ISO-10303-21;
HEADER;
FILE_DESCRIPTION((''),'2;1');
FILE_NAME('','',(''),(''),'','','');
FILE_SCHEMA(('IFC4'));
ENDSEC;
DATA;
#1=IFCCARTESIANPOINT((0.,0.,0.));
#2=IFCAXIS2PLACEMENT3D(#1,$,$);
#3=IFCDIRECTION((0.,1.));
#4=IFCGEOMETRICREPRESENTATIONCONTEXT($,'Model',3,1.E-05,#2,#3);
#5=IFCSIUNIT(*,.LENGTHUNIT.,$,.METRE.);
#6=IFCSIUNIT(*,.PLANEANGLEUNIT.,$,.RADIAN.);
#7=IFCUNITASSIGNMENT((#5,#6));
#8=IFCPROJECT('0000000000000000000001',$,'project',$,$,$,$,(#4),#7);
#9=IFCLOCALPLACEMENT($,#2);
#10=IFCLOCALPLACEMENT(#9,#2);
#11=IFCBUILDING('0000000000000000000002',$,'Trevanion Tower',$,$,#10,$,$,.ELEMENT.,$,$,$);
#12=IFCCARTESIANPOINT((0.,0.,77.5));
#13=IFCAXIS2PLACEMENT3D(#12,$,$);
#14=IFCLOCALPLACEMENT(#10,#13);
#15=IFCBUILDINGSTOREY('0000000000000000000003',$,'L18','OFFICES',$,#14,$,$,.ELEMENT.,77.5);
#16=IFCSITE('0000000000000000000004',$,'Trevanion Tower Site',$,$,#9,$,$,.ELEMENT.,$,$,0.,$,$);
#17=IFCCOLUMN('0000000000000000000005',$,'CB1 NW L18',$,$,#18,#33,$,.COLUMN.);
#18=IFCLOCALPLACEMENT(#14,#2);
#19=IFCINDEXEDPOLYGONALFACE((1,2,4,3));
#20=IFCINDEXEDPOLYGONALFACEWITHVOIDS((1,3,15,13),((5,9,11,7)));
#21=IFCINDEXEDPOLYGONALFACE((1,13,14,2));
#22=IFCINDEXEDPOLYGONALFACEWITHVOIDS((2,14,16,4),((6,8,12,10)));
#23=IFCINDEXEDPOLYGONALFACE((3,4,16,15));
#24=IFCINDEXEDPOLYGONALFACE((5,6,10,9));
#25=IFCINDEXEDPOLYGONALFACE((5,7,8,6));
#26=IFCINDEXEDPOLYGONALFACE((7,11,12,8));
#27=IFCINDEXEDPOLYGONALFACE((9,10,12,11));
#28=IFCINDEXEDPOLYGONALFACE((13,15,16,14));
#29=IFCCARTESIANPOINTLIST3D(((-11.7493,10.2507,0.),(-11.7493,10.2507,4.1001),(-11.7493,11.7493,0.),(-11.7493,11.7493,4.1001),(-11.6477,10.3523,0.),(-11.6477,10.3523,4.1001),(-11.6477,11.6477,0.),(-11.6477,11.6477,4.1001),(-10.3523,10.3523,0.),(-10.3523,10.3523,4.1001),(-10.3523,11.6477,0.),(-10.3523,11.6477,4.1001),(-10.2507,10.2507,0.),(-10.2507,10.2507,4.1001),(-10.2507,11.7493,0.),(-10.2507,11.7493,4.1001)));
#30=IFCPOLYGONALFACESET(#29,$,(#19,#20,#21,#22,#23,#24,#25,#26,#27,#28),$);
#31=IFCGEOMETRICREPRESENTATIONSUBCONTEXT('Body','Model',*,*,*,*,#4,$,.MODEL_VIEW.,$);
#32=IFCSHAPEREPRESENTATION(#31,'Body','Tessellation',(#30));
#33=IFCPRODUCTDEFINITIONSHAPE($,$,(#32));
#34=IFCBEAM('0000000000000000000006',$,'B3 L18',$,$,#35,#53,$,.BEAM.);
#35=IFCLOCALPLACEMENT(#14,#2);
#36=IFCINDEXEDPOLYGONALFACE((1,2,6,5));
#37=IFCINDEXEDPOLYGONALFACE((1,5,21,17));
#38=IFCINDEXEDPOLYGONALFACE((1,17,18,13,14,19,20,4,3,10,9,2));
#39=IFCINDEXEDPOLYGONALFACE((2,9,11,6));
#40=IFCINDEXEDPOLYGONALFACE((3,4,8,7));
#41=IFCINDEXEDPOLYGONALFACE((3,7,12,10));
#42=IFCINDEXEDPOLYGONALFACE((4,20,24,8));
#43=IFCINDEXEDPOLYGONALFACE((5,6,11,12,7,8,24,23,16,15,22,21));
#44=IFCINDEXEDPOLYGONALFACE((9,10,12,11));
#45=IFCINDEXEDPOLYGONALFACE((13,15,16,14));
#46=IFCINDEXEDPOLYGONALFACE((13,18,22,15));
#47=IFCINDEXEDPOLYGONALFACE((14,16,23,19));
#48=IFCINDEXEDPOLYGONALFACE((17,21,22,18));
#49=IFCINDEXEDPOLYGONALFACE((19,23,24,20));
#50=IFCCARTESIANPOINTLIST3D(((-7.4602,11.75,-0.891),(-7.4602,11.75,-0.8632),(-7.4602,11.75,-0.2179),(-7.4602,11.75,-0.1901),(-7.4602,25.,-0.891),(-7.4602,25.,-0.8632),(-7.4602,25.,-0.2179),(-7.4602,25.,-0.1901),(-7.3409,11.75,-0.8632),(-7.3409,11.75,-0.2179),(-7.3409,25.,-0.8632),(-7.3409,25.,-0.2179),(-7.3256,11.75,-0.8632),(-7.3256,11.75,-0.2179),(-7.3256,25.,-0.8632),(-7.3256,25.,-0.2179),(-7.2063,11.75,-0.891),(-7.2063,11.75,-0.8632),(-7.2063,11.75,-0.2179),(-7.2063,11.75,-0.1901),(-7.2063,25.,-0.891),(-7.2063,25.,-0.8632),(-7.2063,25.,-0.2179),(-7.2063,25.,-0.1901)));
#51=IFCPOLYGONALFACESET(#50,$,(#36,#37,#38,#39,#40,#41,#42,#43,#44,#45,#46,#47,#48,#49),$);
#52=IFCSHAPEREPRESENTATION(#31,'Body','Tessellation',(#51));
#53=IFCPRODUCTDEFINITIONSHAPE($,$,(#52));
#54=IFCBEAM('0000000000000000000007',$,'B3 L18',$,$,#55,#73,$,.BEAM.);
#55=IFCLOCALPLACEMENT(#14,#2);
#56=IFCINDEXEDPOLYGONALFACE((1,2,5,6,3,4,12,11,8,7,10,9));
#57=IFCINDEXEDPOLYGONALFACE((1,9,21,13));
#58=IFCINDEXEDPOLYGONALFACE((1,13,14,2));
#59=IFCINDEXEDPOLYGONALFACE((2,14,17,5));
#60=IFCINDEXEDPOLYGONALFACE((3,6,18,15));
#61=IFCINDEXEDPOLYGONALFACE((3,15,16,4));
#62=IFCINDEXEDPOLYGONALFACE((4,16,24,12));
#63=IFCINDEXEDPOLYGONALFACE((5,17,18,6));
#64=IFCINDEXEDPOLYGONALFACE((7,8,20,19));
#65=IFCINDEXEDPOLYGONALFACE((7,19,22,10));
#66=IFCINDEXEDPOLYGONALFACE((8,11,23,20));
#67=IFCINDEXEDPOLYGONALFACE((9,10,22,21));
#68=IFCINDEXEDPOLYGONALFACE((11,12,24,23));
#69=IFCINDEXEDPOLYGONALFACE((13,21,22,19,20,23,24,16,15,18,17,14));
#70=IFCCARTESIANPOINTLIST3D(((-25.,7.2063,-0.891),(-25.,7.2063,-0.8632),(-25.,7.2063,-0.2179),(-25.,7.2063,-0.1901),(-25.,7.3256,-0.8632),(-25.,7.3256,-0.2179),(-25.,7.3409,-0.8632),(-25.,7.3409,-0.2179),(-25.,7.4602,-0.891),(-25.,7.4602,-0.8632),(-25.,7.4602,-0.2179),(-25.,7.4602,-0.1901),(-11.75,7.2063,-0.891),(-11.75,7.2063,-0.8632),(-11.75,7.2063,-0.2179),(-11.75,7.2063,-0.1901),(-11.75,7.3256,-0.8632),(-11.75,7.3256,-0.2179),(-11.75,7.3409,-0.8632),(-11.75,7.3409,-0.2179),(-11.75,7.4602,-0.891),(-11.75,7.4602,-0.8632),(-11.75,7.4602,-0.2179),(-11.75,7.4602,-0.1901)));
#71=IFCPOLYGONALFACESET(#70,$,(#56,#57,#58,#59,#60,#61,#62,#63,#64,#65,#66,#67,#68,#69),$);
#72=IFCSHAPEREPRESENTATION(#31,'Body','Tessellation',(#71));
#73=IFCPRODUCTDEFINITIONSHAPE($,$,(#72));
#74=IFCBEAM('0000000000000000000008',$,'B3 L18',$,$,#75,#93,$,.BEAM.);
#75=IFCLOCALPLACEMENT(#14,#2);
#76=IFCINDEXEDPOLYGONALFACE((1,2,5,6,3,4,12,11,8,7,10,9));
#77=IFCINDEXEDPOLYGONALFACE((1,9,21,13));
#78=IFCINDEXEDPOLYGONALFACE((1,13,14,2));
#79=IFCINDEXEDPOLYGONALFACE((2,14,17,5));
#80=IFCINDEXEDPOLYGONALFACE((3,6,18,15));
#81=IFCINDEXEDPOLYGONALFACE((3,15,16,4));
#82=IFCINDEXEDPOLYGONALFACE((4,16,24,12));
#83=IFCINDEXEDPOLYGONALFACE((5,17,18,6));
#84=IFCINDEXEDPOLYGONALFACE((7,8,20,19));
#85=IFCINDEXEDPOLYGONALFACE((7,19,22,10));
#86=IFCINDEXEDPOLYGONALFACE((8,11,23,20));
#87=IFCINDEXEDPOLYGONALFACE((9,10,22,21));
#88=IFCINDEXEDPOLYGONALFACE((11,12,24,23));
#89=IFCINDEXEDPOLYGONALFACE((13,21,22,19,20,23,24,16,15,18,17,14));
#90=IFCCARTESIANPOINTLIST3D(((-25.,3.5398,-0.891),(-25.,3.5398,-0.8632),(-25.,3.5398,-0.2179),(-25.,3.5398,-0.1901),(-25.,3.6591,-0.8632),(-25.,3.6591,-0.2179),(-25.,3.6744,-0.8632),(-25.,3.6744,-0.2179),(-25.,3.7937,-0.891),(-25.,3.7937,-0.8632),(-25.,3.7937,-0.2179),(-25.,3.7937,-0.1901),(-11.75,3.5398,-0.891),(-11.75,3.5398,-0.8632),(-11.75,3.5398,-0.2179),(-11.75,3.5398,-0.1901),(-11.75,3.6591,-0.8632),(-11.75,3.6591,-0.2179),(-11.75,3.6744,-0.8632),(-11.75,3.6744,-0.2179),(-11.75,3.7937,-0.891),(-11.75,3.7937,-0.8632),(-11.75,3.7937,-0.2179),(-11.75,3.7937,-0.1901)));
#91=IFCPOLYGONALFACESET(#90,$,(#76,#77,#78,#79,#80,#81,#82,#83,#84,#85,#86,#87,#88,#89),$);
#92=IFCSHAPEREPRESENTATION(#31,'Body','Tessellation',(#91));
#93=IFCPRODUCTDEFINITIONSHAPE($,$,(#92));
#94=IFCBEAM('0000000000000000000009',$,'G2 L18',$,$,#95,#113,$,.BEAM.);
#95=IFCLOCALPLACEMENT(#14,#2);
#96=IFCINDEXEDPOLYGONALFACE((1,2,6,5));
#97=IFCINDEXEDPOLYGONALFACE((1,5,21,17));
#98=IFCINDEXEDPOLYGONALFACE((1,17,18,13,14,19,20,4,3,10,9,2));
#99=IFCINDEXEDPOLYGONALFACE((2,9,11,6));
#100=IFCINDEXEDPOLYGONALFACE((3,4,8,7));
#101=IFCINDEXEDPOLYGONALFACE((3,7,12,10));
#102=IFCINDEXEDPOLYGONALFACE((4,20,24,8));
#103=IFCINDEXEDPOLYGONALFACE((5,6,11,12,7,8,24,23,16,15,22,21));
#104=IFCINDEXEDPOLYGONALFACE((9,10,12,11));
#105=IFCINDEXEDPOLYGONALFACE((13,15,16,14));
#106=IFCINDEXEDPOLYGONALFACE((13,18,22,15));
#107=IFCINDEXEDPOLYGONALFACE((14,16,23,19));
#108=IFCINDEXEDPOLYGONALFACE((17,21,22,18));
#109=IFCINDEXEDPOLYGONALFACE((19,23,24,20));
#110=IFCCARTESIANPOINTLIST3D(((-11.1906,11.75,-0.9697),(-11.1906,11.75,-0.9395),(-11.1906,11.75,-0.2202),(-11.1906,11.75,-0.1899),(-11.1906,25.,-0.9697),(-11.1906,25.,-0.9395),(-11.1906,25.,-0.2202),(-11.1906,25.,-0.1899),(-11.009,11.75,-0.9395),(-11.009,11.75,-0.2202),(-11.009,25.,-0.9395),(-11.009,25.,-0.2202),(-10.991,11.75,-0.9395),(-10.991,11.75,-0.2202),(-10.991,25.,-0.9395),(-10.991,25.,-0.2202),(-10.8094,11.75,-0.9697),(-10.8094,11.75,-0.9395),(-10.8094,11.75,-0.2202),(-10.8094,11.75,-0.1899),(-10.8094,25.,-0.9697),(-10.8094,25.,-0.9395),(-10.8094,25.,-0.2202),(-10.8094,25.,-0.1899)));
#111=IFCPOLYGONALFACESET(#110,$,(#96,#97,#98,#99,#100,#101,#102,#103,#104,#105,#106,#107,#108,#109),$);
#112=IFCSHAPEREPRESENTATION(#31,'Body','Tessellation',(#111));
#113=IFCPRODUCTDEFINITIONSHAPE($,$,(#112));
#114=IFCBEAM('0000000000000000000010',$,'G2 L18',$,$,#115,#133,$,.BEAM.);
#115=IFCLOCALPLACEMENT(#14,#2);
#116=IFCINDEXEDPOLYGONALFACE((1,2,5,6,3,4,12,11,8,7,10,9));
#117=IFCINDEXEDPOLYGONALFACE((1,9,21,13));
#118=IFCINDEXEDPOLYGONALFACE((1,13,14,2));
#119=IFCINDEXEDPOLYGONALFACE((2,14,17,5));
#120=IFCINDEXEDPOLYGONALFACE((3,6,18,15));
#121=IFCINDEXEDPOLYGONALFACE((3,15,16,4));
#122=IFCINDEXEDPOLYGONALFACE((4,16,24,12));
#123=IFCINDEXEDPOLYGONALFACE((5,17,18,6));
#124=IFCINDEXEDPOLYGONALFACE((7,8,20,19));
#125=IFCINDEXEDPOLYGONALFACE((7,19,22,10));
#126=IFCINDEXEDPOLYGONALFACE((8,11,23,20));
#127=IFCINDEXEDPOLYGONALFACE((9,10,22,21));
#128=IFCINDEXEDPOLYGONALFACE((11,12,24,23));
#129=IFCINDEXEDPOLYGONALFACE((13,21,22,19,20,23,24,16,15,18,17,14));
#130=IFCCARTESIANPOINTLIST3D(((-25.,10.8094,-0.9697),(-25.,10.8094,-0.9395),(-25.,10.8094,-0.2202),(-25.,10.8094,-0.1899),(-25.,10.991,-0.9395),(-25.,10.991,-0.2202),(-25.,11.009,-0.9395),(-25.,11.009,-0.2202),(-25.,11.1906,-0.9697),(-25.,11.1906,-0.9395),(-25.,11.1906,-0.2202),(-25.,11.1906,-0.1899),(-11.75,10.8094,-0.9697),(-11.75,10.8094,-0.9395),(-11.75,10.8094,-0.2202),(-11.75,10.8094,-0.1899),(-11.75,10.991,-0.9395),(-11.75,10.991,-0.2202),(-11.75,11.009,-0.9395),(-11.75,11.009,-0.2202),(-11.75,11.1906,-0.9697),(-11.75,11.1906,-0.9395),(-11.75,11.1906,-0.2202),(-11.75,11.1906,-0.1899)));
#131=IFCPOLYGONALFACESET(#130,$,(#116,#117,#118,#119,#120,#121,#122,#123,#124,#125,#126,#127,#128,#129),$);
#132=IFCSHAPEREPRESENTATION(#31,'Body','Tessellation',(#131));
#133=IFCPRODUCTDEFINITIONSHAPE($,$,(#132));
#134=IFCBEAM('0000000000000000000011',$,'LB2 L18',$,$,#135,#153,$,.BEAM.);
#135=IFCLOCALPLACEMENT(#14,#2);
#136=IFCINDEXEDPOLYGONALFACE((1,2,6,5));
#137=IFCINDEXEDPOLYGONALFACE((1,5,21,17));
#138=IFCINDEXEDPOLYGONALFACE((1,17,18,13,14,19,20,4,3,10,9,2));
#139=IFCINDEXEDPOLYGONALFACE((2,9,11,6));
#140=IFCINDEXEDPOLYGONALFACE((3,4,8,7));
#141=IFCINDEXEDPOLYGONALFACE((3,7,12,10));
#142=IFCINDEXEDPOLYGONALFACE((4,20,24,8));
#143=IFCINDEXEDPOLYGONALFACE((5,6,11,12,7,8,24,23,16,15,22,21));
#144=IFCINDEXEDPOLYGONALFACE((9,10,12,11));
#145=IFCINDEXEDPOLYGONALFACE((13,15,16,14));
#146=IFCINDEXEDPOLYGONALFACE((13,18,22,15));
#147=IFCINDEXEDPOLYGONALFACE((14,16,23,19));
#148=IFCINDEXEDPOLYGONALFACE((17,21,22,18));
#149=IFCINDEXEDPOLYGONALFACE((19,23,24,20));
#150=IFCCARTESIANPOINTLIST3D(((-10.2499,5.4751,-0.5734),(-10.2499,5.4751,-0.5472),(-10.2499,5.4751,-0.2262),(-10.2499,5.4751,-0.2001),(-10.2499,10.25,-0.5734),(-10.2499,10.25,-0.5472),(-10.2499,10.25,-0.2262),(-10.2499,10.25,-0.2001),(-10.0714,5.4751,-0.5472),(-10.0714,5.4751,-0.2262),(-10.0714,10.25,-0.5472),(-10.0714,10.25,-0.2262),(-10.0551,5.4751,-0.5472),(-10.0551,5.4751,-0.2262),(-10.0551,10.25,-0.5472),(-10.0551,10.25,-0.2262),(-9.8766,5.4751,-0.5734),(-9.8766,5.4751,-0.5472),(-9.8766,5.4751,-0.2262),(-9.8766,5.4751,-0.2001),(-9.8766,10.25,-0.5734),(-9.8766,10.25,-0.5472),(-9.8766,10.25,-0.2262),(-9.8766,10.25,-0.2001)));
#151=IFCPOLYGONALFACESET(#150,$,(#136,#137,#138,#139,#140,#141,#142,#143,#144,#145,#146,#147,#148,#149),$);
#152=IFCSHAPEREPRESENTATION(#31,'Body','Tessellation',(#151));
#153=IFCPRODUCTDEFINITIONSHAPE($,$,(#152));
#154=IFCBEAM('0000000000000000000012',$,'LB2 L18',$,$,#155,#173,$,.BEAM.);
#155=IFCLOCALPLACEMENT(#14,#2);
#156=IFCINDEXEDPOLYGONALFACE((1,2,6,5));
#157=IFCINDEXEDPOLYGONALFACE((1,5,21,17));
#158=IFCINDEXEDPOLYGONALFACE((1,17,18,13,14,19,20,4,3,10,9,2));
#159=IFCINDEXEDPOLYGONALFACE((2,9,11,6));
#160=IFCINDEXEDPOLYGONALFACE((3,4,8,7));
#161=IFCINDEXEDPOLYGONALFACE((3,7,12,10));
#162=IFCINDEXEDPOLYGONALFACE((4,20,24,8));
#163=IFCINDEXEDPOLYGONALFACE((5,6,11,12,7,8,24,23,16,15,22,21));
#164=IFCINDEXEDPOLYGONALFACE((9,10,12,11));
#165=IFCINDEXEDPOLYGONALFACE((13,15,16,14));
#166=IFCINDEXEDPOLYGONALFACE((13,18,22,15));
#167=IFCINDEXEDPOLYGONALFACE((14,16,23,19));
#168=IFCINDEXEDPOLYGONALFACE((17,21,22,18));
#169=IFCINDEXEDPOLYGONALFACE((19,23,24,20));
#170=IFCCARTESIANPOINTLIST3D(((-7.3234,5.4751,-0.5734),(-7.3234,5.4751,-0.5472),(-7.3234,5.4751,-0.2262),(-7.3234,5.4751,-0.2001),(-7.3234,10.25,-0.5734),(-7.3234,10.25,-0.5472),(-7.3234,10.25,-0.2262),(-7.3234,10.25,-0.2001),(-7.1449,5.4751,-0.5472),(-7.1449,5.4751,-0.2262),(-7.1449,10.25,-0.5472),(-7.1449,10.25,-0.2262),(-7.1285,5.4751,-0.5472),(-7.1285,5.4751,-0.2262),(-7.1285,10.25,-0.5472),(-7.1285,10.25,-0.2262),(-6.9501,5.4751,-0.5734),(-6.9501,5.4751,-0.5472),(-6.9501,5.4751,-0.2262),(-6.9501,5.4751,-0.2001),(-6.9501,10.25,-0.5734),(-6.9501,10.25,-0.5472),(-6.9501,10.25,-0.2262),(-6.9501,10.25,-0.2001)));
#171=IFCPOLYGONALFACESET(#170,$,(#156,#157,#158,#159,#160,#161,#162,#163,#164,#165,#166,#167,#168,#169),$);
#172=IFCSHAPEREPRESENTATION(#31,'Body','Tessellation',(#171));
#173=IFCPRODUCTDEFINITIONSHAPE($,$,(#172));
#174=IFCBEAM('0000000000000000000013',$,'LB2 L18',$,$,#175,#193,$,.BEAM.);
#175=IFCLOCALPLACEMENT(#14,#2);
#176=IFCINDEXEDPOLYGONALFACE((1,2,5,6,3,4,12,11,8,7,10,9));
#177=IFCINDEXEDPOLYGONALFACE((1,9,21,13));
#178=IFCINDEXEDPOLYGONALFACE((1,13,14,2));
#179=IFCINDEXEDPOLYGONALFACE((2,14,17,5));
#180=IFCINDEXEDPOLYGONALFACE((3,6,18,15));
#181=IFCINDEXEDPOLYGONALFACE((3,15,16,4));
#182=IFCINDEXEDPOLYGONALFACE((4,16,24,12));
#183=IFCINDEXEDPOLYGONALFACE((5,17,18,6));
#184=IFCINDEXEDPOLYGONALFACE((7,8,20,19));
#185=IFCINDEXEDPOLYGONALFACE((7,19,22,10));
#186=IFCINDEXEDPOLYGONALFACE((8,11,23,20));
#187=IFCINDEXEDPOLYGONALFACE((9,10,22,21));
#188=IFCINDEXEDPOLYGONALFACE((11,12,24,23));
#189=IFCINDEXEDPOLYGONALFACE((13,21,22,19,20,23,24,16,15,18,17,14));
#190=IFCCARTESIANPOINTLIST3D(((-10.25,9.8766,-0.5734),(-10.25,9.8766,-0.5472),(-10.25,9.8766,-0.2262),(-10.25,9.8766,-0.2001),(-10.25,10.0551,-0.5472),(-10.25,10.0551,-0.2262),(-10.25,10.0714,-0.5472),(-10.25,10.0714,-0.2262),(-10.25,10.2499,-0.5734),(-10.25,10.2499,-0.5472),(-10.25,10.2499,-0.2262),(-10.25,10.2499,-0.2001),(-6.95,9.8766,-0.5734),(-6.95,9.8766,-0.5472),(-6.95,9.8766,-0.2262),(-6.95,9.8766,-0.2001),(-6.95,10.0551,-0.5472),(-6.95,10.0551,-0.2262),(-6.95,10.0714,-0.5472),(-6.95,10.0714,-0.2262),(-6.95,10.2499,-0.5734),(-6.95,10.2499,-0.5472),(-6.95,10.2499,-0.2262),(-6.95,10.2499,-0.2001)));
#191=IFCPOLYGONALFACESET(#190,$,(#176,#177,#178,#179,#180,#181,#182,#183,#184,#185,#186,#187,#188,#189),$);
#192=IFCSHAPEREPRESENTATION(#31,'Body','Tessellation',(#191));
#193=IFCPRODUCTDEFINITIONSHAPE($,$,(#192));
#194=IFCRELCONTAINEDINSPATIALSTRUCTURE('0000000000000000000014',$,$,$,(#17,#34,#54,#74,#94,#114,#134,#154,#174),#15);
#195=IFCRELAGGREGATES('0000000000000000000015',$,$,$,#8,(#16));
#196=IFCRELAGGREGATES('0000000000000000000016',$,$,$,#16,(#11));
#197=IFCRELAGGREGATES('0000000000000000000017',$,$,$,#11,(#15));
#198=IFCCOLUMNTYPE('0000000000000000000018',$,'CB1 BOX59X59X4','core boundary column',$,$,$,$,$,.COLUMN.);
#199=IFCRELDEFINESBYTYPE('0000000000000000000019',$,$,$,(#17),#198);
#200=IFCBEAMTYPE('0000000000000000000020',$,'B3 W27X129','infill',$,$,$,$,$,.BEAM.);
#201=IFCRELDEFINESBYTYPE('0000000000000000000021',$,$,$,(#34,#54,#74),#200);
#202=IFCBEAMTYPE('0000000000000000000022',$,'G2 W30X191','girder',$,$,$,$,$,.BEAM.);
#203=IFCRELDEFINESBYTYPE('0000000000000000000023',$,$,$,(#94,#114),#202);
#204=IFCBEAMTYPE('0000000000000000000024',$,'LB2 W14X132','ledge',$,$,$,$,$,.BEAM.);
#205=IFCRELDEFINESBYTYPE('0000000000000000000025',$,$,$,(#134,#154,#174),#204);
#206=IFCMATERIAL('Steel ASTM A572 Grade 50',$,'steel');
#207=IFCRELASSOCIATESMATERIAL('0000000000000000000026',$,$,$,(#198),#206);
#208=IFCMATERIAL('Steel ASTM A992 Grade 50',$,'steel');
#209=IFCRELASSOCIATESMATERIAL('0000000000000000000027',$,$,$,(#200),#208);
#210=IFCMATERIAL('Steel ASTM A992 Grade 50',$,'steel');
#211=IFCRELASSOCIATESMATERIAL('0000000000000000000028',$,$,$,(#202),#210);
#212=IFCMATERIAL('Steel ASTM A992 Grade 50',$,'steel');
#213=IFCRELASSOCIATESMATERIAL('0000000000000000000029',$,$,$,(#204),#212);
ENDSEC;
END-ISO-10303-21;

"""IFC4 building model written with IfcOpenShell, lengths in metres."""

from ifc_helpers import new_model, si_unit, direction, frame, origin, origin_2d, place, context, subcontext, project, spatial, hollow_rectangle, i_section, extrude, material, material_profile, profile_set, type_object, element, save


model = new_model("IFC4")

# Units and contexts
model_context = context("Model", 3, precision=1e-05, world=origin(), true_north=direction((0.0, 1.0)))
body_context = subcontext(model_context, "Body", "Model", "MODEL_VIEW")
ifc_project = project(units=[si_unit("LENGTHUNIT", "METRE"), si_unit("PLANEANGLEUNIT", "RADIAN")], contexts=[model_context])

# Site, building, storey
site_placement = place(None, origin())
site = spatial("IfcSite", under=ifc_project, at=site_placement, Name="Trevanion Tower Site", CompositionType="ELEMENT", RefElevation=0.0)
building_placement = place(site_placement, origin())
building = spatial("IfcBuilding", under=site, at=building_placement, Name="Trevanion Tower", CompositionType="ELEMENT")
storey_placement = place(building_placement, frame((0.0, 0.0, 77.5)))
storey = spatial("IfcBuildingStorey", under=building, at=storey_placement, Name="L18", Description="OFFICES", CompositionType="ELEMENT", Elevation=77.5)

# Column
ifc_material_1 = material(Name="Steel ASTM A572 Grade 50", Category="steel")
ifc_material_profile_1 = material_profile(ifc_material_1, hollow_rectangle(XDim=1.4985, YDim=1.4985, WallThickness=0.1016, at=origin_2d()), Name="BOX59X59X4")
ifc_profile_set_1 = profile_set([ifc_material_profile_1], Name="Steel ASTM A572 Grade 50")
column_type = type_object("IfcColumnType", Name="CB1 BOX59X59X4", Description="core boundary column", PredefinedType="COLUMN", material=ifc_profile_set_1)
column_placement = place(storey_placement, frame((-11.0, 11.0, 0.0), z_axis=(0.0, 0.0, 1.0), x_axis=(1.0, 0.0, 0.0)))
element("IfcColumn", 1, at=column_placement, inside=storey, type_object=column_type, Name="CB1 NW L18", PredefinedType="COLUMN", context=body_context, shape_type="SweptSolid", body=[
    extrude(hollow_rectangle(XDim=1.4985, YDim=1.4985, WallThickness=0.1016, at=origin_2d()), origin(), (0.0, 0.0, 1.0), 4.1001),
])

# Beams
ifc_material_2 = material(Name="Steel ASTM A992 Grade 50", Category="steel")
ifc_material_profile_2 = material_profile(ifc_material_2, i_section(OverallWidth=0.2539, OverallDepth=0.7009, WebThickness=0.0154, FlangeThickness=0.0278, at=origin_2d()), Name="W27X129")
ifc_profile_set_2 = profile_set([ifc_material_profile_2], Name="Steel ASTM A992 Grade 50")
beam_type_1 = type_object("IfcBeamType", Name="B3 W27X129", Description="infill", PredefinedType="BEAM", material=ifc_profile_set_2)
for number, where, z_axis, x_axis, name in (
    (2, (-7.3333, 11.75, -0.5405), (0.0, 1.0, 0.0), (-1.0, 0.0, 0.0), "B3 L18"),
    (3, (-11.75, 7.3333, -0.5405), (-1.0, 0.0, 0.0), (0.0, -1.0, 0.0), "B3 L18"),
    (4, (-11.75, 3.6667, -0.5405), (-1.0, 0.0, 0.0), (0.0, -1.0, 0.0), "B3 L18"),
):
    element("IfcBeam", number, at=place(storey_placement, frame(where, z_axis=z_axis, x_axis=x_axis)), inside=storey, type_object=beam_type_1, Name=name, PredefinedType="BEAM", context=body_context, shape_type="SweptSolid", body=[
        extrude(i_section(OverallWidth=0.2539, OverallDepth=0.7009, WebThickness=0.0154, FlangeThickness=0.0278, at=origin_2d()), origin(), (0.0, 0.0, 1.0), 13.25),
    ])
ifc_material_3 = material(Name="Steel ASTM A992 Grade 50", Category="steel")
ifc_material_profile_3 = material_profile(ifc_material_3, i_section(OverallWidth=0.3811, OverallDepth=0.7798, WebThickness=0.0181, FlangeThickness=0.0303, at=origin_2d()), Name="W30X191")
ifc_profile_set_3 = profile_set([ifc_material_profile_3], Name="Steel ASTM A992 Grade 50")
beam_type_2 = type_object("IfcBeamType", Name="G2 W30X191", Description="girder", PredefinedType="BEAM", material=ifc_profile_set_3)
for number, where, z_axis, x_axis, name in (
    (5, (-11.0, 11.75, -0.5798), (0.0, 1.0, 0.0), (-1.0, 0.0, 0.0), "G2 L18"),
    (6, (-11.75, 11.0, -0.5798), (-1.0, 0.0, 0.0), (0.0, -1.0, 0.0), "G2 L18"),
):
    element("IfcBeam", number, at=place(storey_placement, frame(where, z_axis=z_axis, x_axis=x_axis)), inside=storey, type_object=beam_type_2, Name=name, PredefinedType="BEAM", context=body_context, shape_type="SweptSolid", body=[
        extrude(i_section(OverallWidth=0.3811, OverallDepth=0.7798, WebThickness=0.0181, FlangeThickness=0.0303, at=origin_2d()), origin(), (0.0, 0.0, 1.0), 13.25),
    ])
ifc_material_4 = material(Name="Steel ASTM A992 Grade 50", Category="steel")
ifc_material_profile_4 = material_profile(ifc_material_4, i_section(OverallWidth=0.3733, OverallDepth=0.3733, WebThickness=0.0164, FlangeThickness=0.0261, at=origin_2d()), Name="W14X132")
ifc_profile_set_4 = profile_set([ifc_material_profile_4], Name="Steel ASTM A992 Grade 50")
beam_type_3 = type_object("IfcBeamType", Name="LB2 W14X132", Description="ledge", PredefinedType="BEAM", material=ifc_profile_set_4)
for number, where, z_axis, x_axis, name in (
    (7, (-10.0632, 5.4751, -0.3867), (0.0, 1.0, 0.0), (-1.0, 0.0, 0.0), "LB2 L18"),
    (8, (-7.1367, 5.4751, -0.3867), (0.0, 1.0, 0.0), (-1.0, 0.0, 0.0), "LB2 L18"),
):
    element("IfcBeam", number, at=place(storey_placement, frame(where, z_axis=z_axis, x_axis=x_axis)), inside=storey, type_object=beam_type_3, Name=name, PredefinedType="BEAM", context=body_context, shape_type="SweptSolid", body=[
        extrude(i_section(OverallWidth=0.3733, OverallDepth=0.3733, WebThickness=0.0164, FlangeThickness=0.0261, at=origin_2d()), origin(), (0.0, 0.0, 1.0), 4.7749),
    ])
beam_placement = place(storey_placement, frame((-10.25, 10.0632, -0.3867), z_axis=(1.0, 0.0, 0.0), x_axis=(0.0, 1.0, 0.0)))
element("IfcBeam", 9, at=beam_placement, inside=storey, type_object=beam_type_3, Name="LB2 L18", PredefinedType="BEAM", context=body_context, shape_type="SweptSolid", body=[
    extrude(i_section(OverallWidth=0.3733, OverallDepth=0.3733, WebThickness=0.0164, FlangeThickness=0.0261, at=origin_2d()), origin(), (0.0, 0.0, 1.0), 3.3),
])

save(model, "model.ifc")
